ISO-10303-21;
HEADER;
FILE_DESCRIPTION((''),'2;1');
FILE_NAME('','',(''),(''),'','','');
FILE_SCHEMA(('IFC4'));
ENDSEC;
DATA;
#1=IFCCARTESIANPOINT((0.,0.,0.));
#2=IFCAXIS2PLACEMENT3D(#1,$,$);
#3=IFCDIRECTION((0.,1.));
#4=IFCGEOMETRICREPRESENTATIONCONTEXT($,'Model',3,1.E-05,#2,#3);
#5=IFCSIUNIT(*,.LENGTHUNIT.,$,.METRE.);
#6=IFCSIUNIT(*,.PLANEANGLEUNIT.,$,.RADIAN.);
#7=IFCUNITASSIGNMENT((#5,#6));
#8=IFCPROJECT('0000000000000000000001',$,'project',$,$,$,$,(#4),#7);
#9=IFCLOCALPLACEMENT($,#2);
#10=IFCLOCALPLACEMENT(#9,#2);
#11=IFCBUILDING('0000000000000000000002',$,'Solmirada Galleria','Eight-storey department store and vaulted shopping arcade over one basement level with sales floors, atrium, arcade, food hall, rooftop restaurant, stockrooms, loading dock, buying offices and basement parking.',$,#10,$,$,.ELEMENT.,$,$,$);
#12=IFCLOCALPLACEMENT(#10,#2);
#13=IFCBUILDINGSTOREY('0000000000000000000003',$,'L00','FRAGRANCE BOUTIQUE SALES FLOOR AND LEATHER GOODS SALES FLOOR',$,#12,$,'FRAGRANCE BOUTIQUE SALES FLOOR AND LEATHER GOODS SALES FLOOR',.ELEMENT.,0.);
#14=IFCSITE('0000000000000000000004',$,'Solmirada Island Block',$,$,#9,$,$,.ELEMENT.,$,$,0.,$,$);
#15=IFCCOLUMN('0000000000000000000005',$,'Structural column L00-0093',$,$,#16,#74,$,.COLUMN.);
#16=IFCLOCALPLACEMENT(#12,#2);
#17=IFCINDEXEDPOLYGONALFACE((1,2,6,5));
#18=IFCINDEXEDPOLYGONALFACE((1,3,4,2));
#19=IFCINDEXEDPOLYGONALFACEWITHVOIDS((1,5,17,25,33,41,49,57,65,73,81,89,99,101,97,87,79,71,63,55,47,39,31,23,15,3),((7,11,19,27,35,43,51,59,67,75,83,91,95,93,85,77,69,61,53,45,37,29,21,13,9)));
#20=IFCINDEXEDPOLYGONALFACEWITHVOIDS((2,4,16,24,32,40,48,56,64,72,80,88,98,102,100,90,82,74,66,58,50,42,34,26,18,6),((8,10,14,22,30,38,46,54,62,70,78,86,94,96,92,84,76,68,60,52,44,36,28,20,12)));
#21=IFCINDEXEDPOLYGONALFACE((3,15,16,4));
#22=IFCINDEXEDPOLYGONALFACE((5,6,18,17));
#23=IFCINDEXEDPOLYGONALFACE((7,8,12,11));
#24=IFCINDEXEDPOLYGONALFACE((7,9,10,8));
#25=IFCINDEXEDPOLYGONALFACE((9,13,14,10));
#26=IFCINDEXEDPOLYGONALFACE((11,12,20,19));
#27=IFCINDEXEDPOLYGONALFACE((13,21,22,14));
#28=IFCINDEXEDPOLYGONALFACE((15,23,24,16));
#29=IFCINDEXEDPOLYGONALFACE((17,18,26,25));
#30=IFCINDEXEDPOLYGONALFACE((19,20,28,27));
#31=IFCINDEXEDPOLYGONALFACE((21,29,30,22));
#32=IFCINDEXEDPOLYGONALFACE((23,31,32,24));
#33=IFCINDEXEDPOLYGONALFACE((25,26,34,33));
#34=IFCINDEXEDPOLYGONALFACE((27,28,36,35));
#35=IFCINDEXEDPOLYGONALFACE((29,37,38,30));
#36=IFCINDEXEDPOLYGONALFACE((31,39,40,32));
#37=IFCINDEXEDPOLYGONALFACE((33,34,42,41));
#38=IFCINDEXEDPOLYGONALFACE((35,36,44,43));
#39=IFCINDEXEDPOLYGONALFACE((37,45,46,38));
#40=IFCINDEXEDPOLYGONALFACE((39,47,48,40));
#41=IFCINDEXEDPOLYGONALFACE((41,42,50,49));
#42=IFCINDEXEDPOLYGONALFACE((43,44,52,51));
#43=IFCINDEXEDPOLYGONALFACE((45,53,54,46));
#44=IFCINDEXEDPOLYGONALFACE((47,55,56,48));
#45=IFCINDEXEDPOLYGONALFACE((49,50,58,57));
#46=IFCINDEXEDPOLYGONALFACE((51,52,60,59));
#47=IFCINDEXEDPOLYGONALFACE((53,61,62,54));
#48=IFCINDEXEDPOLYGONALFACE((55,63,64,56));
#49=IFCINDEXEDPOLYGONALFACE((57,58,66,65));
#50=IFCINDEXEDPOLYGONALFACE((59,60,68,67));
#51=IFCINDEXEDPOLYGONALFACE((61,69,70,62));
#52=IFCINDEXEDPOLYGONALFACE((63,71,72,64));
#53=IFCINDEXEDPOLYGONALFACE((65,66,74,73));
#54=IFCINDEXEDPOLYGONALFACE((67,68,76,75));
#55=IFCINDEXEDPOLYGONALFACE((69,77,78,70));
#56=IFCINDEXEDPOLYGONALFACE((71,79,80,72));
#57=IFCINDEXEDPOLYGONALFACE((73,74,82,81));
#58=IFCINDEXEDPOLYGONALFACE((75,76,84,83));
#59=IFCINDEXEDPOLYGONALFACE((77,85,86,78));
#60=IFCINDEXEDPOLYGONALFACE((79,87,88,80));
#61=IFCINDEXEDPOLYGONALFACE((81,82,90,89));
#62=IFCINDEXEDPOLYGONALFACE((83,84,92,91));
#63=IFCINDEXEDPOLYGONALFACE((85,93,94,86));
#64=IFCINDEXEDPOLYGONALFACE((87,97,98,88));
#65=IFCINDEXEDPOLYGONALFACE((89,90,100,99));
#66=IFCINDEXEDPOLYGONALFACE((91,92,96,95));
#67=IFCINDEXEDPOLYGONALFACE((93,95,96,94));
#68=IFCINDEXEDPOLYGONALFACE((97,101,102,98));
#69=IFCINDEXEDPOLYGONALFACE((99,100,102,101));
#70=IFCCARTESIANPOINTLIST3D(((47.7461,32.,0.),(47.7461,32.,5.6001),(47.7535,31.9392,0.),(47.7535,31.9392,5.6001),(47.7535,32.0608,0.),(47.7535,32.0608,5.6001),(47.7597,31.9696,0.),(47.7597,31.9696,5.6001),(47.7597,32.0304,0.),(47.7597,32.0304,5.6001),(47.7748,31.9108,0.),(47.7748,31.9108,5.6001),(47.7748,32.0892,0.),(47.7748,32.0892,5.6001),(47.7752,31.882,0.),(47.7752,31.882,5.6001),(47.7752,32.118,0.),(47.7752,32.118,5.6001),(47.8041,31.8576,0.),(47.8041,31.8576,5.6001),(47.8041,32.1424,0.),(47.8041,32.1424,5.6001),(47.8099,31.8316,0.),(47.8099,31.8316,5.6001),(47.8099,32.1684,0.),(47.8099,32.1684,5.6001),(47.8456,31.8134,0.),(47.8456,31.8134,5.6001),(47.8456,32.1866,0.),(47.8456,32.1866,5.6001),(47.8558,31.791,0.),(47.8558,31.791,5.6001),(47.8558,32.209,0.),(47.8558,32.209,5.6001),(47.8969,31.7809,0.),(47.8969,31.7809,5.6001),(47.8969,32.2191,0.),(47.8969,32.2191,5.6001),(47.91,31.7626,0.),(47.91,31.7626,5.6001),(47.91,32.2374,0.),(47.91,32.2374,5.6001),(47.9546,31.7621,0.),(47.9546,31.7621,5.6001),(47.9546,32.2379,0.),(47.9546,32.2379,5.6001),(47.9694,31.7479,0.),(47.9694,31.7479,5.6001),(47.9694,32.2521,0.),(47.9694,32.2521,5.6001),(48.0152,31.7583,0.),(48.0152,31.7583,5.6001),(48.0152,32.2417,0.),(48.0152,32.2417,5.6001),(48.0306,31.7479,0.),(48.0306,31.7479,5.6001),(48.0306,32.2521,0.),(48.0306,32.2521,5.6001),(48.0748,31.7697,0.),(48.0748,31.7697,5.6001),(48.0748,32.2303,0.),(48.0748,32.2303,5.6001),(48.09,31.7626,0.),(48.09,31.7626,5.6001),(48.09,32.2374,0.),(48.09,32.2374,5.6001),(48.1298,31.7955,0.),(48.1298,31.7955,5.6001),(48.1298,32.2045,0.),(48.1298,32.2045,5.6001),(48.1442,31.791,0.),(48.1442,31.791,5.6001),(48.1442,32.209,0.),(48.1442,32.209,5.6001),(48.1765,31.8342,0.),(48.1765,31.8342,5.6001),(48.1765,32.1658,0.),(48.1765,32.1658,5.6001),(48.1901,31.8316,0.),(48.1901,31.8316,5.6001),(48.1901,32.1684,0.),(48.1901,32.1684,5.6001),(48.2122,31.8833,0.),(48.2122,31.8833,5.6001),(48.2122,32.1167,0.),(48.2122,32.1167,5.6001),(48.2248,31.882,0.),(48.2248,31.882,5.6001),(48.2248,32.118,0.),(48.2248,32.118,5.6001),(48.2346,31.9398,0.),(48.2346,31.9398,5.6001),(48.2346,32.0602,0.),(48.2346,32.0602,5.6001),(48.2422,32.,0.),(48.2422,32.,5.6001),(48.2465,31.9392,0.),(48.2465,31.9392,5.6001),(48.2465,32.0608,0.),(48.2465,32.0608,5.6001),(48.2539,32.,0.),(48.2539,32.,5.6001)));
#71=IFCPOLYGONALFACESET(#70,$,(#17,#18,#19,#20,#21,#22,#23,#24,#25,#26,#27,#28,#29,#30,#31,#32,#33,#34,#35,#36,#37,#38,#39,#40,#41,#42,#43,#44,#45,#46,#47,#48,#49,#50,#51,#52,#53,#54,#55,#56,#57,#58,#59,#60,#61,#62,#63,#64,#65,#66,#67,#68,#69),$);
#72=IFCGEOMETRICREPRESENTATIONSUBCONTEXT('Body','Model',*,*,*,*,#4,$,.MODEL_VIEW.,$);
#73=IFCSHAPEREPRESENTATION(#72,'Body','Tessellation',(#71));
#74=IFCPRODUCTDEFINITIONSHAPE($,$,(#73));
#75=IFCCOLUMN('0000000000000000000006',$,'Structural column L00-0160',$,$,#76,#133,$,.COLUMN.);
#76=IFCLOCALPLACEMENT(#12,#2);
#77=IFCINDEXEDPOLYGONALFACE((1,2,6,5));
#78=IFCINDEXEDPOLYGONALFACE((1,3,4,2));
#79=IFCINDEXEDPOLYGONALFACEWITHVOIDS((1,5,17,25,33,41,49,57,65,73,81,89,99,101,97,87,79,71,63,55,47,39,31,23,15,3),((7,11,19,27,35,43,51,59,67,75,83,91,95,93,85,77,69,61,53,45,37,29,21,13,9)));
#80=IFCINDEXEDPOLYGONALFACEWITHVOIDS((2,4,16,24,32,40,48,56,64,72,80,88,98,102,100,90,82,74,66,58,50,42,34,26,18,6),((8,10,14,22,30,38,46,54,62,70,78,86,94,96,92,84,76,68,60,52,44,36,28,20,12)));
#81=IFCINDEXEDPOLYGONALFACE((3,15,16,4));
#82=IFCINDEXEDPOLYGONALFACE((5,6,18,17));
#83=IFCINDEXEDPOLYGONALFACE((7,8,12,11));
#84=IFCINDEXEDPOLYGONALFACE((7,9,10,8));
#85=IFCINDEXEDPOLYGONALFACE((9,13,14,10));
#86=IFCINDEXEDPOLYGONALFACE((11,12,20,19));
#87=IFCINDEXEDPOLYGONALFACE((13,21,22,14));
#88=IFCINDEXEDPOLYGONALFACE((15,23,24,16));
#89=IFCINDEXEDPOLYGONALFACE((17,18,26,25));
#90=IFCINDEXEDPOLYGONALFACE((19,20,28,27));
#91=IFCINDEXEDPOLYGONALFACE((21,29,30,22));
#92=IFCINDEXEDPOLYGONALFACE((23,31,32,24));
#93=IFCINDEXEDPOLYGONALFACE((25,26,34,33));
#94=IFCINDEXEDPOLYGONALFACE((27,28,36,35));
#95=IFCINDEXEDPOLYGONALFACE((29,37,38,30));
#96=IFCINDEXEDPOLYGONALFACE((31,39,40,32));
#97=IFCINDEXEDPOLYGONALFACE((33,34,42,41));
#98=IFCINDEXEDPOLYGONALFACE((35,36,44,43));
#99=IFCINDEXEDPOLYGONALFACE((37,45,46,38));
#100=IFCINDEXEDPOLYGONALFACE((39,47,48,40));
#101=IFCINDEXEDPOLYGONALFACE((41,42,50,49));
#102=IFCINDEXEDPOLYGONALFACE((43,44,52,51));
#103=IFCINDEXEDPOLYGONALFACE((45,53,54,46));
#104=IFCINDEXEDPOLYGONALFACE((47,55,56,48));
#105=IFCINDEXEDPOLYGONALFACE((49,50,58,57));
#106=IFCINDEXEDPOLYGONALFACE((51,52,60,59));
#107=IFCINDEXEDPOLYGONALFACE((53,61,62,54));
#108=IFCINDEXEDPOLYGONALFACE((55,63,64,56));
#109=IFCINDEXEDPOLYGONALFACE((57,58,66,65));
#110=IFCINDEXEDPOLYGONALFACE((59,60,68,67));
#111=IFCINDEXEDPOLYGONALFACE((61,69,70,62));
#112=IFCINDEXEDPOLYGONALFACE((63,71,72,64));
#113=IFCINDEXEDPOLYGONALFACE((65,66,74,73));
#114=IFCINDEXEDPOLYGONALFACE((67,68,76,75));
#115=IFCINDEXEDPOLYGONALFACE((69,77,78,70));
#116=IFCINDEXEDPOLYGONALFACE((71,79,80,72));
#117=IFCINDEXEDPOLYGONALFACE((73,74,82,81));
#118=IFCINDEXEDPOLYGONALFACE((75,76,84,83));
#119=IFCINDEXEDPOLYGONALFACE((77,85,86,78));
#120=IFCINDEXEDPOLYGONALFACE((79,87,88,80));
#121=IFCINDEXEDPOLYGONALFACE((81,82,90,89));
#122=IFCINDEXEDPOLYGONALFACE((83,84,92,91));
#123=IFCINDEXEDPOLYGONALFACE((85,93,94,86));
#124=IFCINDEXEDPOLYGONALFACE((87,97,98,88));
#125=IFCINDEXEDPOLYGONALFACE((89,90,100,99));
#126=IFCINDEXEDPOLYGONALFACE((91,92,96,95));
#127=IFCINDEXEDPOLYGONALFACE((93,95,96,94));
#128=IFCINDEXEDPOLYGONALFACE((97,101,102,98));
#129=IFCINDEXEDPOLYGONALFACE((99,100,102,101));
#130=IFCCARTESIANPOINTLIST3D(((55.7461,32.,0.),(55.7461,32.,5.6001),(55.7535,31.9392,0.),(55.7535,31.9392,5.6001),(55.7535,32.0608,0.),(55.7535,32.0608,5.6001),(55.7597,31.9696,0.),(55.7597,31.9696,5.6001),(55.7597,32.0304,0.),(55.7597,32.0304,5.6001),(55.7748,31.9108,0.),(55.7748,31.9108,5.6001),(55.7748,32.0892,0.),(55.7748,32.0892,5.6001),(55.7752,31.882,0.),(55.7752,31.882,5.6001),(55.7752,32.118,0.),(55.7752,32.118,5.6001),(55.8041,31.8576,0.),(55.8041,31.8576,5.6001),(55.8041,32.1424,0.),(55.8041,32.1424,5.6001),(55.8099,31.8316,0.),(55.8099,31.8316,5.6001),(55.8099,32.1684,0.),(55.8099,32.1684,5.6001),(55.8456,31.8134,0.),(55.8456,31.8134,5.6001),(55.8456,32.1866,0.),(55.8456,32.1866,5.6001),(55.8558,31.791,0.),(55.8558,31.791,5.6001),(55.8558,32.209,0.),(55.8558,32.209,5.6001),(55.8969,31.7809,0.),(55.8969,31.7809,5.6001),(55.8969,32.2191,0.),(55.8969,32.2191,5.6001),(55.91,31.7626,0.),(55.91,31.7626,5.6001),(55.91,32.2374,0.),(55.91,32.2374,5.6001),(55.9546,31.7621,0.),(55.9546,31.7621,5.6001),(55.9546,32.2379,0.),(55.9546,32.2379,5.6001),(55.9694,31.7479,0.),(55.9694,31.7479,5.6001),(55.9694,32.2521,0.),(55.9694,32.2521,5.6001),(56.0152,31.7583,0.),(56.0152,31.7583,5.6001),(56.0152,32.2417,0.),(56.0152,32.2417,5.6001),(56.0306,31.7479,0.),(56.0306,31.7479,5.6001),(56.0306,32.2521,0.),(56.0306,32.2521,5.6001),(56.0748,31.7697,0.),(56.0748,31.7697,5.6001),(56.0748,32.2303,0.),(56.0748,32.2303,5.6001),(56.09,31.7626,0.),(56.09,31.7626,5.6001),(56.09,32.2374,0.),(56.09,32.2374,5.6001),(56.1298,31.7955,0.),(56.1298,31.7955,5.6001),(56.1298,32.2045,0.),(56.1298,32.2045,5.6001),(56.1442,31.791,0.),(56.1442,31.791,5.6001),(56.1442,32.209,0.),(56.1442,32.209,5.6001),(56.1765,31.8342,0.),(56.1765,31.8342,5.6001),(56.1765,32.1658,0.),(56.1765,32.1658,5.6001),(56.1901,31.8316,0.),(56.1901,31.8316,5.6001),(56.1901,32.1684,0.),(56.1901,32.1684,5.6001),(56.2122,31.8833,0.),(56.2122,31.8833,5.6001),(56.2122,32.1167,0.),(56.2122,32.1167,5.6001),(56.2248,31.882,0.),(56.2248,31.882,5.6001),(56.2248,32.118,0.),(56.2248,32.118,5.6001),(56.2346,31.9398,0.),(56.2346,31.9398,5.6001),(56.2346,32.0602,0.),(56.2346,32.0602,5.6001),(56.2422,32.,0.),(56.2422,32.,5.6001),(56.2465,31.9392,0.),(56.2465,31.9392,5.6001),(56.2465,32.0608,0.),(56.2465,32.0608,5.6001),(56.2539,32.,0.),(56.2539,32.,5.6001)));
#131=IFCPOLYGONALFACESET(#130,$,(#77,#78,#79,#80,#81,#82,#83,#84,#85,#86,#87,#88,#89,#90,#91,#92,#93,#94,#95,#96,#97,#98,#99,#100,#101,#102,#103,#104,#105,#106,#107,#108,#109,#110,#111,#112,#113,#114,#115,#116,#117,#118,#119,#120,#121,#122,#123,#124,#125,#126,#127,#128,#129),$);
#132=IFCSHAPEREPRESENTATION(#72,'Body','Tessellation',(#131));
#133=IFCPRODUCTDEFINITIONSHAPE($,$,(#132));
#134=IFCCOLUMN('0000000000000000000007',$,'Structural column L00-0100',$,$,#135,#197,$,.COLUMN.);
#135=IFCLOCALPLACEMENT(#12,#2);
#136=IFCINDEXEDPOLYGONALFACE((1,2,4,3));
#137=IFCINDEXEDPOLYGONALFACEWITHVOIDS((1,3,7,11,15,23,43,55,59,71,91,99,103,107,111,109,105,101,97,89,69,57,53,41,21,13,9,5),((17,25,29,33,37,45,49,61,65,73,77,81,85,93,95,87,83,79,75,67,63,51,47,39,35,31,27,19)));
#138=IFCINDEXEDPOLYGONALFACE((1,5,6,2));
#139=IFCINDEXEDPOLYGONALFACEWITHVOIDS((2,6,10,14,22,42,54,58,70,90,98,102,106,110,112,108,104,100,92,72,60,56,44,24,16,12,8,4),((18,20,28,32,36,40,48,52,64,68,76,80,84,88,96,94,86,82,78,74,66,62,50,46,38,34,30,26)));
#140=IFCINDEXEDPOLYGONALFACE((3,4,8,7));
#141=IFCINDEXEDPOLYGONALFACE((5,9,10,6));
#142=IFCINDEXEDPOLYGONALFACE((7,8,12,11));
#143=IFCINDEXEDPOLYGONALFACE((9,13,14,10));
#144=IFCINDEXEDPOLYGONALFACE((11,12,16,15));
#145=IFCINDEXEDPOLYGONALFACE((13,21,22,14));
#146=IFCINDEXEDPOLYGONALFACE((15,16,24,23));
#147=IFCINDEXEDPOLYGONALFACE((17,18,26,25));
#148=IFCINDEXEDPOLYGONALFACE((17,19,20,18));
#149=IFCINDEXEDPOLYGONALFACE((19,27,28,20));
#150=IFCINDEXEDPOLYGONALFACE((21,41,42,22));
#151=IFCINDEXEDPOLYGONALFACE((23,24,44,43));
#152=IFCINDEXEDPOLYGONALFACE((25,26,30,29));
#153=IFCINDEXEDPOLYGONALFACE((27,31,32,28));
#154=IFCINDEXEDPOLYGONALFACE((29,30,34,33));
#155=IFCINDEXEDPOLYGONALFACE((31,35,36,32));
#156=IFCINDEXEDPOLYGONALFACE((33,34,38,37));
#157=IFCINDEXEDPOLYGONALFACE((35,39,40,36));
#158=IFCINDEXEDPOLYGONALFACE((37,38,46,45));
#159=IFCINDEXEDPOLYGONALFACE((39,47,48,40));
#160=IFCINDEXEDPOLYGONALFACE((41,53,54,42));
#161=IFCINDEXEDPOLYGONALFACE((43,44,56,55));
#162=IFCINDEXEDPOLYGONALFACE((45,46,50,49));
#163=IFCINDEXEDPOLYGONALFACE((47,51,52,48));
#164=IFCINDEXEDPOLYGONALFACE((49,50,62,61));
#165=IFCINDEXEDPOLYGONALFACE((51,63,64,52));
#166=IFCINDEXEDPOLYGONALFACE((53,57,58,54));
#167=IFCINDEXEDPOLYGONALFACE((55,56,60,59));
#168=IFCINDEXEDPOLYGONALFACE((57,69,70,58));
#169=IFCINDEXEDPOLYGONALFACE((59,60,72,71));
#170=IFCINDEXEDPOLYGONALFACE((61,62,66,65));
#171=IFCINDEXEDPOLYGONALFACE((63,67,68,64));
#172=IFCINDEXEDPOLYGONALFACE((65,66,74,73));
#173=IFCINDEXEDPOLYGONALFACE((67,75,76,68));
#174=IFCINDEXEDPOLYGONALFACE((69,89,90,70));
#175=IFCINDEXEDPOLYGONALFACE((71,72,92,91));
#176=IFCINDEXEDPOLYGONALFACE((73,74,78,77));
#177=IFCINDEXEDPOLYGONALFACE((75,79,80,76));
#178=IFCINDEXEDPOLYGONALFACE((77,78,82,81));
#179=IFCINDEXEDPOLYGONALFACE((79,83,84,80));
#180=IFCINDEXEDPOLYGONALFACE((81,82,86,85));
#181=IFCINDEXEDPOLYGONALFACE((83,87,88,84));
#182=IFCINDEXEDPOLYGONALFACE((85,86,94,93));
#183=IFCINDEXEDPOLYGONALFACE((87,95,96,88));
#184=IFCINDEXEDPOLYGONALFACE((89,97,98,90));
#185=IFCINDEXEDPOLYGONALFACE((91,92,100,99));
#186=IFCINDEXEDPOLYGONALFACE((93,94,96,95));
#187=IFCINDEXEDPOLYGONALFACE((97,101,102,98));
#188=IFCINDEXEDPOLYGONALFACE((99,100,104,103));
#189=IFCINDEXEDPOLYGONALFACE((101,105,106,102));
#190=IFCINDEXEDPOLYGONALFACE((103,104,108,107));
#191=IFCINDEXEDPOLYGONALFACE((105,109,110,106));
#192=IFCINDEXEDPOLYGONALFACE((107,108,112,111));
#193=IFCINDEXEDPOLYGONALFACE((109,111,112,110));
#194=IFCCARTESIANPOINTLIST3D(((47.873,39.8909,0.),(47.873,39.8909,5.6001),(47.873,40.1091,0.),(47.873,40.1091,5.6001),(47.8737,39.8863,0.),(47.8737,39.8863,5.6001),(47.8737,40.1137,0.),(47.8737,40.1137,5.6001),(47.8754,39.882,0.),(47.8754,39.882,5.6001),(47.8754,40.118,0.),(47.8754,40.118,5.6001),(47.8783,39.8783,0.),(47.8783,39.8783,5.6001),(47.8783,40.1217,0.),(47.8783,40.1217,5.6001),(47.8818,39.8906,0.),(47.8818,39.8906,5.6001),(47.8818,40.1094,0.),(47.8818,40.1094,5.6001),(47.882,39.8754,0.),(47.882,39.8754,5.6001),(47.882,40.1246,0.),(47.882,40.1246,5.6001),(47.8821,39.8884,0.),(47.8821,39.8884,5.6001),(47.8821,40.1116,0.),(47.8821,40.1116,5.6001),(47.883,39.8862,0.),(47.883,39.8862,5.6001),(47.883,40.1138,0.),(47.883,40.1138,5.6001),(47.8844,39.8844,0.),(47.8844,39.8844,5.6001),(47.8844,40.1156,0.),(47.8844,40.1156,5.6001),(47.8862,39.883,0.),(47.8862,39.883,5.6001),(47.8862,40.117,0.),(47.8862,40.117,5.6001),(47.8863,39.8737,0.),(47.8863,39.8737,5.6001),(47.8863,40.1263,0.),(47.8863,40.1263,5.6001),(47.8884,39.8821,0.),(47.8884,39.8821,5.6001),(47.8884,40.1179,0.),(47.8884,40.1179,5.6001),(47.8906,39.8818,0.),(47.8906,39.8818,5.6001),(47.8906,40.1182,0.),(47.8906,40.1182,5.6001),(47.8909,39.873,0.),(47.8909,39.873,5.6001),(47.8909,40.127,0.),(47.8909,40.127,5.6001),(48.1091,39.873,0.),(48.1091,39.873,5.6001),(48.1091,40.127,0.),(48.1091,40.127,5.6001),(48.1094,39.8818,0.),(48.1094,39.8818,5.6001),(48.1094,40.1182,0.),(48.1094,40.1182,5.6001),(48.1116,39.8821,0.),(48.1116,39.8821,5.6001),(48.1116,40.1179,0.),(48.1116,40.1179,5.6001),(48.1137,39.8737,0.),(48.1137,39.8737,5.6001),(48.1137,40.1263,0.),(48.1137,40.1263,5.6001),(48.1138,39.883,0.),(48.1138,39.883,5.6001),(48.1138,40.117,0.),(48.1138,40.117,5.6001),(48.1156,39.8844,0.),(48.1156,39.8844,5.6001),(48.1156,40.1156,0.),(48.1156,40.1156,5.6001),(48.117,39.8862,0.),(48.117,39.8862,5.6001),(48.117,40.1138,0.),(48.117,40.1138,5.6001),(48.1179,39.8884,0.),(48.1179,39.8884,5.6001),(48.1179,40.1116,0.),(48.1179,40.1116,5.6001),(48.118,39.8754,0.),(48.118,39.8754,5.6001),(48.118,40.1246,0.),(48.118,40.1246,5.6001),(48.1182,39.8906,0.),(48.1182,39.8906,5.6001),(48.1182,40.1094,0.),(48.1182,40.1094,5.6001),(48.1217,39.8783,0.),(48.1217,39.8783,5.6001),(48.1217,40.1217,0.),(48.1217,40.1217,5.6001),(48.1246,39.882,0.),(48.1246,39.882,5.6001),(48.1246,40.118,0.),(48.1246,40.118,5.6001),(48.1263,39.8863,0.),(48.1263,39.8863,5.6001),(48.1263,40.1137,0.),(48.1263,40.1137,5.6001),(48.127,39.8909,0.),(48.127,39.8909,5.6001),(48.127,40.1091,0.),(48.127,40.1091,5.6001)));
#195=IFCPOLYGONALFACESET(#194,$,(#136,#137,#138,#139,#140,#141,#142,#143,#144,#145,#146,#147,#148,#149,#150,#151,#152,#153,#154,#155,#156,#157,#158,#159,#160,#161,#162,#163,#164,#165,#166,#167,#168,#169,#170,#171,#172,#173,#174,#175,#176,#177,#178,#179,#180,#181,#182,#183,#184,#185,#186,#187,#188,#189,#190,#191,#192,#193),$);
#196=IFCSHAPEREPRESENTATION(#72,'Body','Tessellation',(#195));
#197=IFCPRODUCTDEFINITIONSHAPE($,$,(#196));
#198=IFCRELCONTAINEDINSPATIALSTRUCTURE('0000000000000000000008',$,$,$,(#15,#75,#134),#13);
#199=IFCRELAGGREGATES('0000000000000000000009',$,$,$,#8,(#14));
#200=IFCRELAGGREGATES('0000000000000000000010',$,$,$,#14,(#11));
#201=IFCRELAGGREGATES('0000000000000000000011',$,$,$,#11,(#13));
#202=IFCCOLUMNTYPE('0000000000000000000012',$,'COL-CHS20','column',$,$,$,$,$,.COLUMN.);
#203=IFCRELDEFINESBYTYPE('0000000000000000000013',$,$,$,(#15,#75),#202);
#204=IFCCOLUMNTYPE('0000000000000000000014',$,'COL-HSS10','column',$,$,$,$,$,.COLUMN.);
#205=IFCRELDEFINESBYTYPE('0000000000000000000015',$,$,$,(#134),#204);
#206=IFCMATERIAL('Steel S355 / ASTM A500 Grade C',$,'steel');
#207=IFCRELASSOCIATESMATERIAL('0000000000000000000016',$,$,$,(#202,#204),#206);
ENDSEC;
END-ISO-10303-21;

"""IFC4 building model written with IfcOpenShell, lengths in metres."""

from ifc_helpers import new_model, si_unit, direction, frame, origin, origin_2d, place, context, subcontext, project, spatial, hollow_rectangle, hollow_circle, extrude, material, material_profile, profile_set, type_object, element, save


model = new_model("IFC4")

# Units and contexts
model_context = context("Model", 3, precision=1e-05, world=origin(), true_north=direction((0.0, 1.0)))
body_context = subcontext(model_context, "Body", "Model", "MODEL_VIEW")
ifc_project = project(units=[si_unit("LENGTHUNIT", "METRE"), si_unit("PLANEANGLEUNIT", "RADIAN")], contexts=[model_context])

# Site, building, storey
site_placement = place(None, origin())
site = spatial("IfcSite", under=ifc_project, at=site_placement, Name="Solmirada Island Block", CompositionType="ELEMENT", RefElevation=0.0)
building_placement = place(site_placement, origin())
building = spatial("IfcBuilding", under=site, at=building_placement, Name="Solmirada Galleria", Description="Eight-storey department store and vaulted shopping arcade over one basement level with sales floors, atrium, arcade, food hall, rooftop restaurant, stockrooms, loading dock, buying offices and basement parking.", CompositionType="ELEMENT")
storey_placement = place(building_placement, origin())
storey = spatial("IfcBuildingStorey", under=building, at=storey_placement, Name="L00", Description="FRAGRANCE BOUTIQUE SALES FLOOR AND LEATHER GOODS SALES FLOOR", LongName="FRAGRANCE BOUTIQUE SALES FLOOR AND LEATHER GOODS SALES FLOOR", CompositionType="ELEMENT", Elevation=0.0)

# Columns
ifc_material_1 = material(Name="Steel S355 / ASTM A500 Grade C", Category="steel")
ifc_material_profile_1 = material_profile(ifc_material_1, hollow_circle(Radius=0.2539, WallThickness=0.0117, at=origin_2d()), Name="HSS20.000X0.500")
ifc_profile_set_1 = profile_set([ifc_material_profile_1], Name="Steel S355 / ASTM A500 Grade C")
column_type_1 = type_object("IfcColumnType", Name="COL-CHS20", Description="column", PredefinedType="COLUMN", material=ifc_profile_set_1)
for number, where, z_axis, x_axis, name in (
    (1, (48.0, 32.0, 0.0), (0.0, 0.0, 1.0), (1.0, 0.0, 0.0), "Structural column L00-0093"),
    (2, (56.0, 32.0, 0.0), (0.0, 0.0, 1.0), (1.0, 0.0, 0.0), "Structural column L00-0160"),
):
    element("IfcColumn", number, at=place(storey_placement, frame(where, z_axis=z_axis, x_axis=x_axis)), inside=storey, type_object=column_type_1, Name=name, PredefinedType="COLUMN", context=body_context, shape_type="SweptSolid", body=[
        extrude(hollow_circle(Radius=0.2539, WallThickness=0.0117, at=origin_2d()), origin(), (0.0, 0.0, 1.0), 5.6001),
    ])
ifc_material_profile_2 = material_profile(ifc_material_1, hollow_rectangle(XDim=0.2539, YDim=0.2539, WallThickness=0.0088, InnerFilletRadius=0.0088, OuterFilletRadius=0.0178, at=origin_2d()), Name="HSS10X10X3/8")
ifc_profile_set_2 = profile_set([ifc_material_profile_2], Name="Steel S355 / ASTM A500 Grade C")
column_type_2 = type_object("IfcColumnType", Name="COL-HSS10", Description="column", PredefinedType="COLUMN", material=ifc_profile_set_2)
for number, where, z_axis, x_axis, name in (
    (3, (48.0, 40.0, 0.0), (0.0, 0.0, 1.0), (1.0, 0.0, 0.0), "Structural column L00-0100"),
):
    element("IfcColumn", number, at=place(storey_placement, frame(where, z_axis=z_axis, x_axis=x_axis)), inside=storey, type_object=column_type_2, Name=name, PredefinedType="COLUMN", context=body_context, shape_type="SweptSolid", body=[
        extrude(hollow_rectangle(XDim=0.2539, YDim=0.2539, WallThickness=0.0088, InnerFilletRadius=0.0088, OuterFilletRadius=0.0178, at=origin_2d()), origin(), (0.0, 0.0, 1.0), 5.6001),
    ])

save(model, "model.ifc")
